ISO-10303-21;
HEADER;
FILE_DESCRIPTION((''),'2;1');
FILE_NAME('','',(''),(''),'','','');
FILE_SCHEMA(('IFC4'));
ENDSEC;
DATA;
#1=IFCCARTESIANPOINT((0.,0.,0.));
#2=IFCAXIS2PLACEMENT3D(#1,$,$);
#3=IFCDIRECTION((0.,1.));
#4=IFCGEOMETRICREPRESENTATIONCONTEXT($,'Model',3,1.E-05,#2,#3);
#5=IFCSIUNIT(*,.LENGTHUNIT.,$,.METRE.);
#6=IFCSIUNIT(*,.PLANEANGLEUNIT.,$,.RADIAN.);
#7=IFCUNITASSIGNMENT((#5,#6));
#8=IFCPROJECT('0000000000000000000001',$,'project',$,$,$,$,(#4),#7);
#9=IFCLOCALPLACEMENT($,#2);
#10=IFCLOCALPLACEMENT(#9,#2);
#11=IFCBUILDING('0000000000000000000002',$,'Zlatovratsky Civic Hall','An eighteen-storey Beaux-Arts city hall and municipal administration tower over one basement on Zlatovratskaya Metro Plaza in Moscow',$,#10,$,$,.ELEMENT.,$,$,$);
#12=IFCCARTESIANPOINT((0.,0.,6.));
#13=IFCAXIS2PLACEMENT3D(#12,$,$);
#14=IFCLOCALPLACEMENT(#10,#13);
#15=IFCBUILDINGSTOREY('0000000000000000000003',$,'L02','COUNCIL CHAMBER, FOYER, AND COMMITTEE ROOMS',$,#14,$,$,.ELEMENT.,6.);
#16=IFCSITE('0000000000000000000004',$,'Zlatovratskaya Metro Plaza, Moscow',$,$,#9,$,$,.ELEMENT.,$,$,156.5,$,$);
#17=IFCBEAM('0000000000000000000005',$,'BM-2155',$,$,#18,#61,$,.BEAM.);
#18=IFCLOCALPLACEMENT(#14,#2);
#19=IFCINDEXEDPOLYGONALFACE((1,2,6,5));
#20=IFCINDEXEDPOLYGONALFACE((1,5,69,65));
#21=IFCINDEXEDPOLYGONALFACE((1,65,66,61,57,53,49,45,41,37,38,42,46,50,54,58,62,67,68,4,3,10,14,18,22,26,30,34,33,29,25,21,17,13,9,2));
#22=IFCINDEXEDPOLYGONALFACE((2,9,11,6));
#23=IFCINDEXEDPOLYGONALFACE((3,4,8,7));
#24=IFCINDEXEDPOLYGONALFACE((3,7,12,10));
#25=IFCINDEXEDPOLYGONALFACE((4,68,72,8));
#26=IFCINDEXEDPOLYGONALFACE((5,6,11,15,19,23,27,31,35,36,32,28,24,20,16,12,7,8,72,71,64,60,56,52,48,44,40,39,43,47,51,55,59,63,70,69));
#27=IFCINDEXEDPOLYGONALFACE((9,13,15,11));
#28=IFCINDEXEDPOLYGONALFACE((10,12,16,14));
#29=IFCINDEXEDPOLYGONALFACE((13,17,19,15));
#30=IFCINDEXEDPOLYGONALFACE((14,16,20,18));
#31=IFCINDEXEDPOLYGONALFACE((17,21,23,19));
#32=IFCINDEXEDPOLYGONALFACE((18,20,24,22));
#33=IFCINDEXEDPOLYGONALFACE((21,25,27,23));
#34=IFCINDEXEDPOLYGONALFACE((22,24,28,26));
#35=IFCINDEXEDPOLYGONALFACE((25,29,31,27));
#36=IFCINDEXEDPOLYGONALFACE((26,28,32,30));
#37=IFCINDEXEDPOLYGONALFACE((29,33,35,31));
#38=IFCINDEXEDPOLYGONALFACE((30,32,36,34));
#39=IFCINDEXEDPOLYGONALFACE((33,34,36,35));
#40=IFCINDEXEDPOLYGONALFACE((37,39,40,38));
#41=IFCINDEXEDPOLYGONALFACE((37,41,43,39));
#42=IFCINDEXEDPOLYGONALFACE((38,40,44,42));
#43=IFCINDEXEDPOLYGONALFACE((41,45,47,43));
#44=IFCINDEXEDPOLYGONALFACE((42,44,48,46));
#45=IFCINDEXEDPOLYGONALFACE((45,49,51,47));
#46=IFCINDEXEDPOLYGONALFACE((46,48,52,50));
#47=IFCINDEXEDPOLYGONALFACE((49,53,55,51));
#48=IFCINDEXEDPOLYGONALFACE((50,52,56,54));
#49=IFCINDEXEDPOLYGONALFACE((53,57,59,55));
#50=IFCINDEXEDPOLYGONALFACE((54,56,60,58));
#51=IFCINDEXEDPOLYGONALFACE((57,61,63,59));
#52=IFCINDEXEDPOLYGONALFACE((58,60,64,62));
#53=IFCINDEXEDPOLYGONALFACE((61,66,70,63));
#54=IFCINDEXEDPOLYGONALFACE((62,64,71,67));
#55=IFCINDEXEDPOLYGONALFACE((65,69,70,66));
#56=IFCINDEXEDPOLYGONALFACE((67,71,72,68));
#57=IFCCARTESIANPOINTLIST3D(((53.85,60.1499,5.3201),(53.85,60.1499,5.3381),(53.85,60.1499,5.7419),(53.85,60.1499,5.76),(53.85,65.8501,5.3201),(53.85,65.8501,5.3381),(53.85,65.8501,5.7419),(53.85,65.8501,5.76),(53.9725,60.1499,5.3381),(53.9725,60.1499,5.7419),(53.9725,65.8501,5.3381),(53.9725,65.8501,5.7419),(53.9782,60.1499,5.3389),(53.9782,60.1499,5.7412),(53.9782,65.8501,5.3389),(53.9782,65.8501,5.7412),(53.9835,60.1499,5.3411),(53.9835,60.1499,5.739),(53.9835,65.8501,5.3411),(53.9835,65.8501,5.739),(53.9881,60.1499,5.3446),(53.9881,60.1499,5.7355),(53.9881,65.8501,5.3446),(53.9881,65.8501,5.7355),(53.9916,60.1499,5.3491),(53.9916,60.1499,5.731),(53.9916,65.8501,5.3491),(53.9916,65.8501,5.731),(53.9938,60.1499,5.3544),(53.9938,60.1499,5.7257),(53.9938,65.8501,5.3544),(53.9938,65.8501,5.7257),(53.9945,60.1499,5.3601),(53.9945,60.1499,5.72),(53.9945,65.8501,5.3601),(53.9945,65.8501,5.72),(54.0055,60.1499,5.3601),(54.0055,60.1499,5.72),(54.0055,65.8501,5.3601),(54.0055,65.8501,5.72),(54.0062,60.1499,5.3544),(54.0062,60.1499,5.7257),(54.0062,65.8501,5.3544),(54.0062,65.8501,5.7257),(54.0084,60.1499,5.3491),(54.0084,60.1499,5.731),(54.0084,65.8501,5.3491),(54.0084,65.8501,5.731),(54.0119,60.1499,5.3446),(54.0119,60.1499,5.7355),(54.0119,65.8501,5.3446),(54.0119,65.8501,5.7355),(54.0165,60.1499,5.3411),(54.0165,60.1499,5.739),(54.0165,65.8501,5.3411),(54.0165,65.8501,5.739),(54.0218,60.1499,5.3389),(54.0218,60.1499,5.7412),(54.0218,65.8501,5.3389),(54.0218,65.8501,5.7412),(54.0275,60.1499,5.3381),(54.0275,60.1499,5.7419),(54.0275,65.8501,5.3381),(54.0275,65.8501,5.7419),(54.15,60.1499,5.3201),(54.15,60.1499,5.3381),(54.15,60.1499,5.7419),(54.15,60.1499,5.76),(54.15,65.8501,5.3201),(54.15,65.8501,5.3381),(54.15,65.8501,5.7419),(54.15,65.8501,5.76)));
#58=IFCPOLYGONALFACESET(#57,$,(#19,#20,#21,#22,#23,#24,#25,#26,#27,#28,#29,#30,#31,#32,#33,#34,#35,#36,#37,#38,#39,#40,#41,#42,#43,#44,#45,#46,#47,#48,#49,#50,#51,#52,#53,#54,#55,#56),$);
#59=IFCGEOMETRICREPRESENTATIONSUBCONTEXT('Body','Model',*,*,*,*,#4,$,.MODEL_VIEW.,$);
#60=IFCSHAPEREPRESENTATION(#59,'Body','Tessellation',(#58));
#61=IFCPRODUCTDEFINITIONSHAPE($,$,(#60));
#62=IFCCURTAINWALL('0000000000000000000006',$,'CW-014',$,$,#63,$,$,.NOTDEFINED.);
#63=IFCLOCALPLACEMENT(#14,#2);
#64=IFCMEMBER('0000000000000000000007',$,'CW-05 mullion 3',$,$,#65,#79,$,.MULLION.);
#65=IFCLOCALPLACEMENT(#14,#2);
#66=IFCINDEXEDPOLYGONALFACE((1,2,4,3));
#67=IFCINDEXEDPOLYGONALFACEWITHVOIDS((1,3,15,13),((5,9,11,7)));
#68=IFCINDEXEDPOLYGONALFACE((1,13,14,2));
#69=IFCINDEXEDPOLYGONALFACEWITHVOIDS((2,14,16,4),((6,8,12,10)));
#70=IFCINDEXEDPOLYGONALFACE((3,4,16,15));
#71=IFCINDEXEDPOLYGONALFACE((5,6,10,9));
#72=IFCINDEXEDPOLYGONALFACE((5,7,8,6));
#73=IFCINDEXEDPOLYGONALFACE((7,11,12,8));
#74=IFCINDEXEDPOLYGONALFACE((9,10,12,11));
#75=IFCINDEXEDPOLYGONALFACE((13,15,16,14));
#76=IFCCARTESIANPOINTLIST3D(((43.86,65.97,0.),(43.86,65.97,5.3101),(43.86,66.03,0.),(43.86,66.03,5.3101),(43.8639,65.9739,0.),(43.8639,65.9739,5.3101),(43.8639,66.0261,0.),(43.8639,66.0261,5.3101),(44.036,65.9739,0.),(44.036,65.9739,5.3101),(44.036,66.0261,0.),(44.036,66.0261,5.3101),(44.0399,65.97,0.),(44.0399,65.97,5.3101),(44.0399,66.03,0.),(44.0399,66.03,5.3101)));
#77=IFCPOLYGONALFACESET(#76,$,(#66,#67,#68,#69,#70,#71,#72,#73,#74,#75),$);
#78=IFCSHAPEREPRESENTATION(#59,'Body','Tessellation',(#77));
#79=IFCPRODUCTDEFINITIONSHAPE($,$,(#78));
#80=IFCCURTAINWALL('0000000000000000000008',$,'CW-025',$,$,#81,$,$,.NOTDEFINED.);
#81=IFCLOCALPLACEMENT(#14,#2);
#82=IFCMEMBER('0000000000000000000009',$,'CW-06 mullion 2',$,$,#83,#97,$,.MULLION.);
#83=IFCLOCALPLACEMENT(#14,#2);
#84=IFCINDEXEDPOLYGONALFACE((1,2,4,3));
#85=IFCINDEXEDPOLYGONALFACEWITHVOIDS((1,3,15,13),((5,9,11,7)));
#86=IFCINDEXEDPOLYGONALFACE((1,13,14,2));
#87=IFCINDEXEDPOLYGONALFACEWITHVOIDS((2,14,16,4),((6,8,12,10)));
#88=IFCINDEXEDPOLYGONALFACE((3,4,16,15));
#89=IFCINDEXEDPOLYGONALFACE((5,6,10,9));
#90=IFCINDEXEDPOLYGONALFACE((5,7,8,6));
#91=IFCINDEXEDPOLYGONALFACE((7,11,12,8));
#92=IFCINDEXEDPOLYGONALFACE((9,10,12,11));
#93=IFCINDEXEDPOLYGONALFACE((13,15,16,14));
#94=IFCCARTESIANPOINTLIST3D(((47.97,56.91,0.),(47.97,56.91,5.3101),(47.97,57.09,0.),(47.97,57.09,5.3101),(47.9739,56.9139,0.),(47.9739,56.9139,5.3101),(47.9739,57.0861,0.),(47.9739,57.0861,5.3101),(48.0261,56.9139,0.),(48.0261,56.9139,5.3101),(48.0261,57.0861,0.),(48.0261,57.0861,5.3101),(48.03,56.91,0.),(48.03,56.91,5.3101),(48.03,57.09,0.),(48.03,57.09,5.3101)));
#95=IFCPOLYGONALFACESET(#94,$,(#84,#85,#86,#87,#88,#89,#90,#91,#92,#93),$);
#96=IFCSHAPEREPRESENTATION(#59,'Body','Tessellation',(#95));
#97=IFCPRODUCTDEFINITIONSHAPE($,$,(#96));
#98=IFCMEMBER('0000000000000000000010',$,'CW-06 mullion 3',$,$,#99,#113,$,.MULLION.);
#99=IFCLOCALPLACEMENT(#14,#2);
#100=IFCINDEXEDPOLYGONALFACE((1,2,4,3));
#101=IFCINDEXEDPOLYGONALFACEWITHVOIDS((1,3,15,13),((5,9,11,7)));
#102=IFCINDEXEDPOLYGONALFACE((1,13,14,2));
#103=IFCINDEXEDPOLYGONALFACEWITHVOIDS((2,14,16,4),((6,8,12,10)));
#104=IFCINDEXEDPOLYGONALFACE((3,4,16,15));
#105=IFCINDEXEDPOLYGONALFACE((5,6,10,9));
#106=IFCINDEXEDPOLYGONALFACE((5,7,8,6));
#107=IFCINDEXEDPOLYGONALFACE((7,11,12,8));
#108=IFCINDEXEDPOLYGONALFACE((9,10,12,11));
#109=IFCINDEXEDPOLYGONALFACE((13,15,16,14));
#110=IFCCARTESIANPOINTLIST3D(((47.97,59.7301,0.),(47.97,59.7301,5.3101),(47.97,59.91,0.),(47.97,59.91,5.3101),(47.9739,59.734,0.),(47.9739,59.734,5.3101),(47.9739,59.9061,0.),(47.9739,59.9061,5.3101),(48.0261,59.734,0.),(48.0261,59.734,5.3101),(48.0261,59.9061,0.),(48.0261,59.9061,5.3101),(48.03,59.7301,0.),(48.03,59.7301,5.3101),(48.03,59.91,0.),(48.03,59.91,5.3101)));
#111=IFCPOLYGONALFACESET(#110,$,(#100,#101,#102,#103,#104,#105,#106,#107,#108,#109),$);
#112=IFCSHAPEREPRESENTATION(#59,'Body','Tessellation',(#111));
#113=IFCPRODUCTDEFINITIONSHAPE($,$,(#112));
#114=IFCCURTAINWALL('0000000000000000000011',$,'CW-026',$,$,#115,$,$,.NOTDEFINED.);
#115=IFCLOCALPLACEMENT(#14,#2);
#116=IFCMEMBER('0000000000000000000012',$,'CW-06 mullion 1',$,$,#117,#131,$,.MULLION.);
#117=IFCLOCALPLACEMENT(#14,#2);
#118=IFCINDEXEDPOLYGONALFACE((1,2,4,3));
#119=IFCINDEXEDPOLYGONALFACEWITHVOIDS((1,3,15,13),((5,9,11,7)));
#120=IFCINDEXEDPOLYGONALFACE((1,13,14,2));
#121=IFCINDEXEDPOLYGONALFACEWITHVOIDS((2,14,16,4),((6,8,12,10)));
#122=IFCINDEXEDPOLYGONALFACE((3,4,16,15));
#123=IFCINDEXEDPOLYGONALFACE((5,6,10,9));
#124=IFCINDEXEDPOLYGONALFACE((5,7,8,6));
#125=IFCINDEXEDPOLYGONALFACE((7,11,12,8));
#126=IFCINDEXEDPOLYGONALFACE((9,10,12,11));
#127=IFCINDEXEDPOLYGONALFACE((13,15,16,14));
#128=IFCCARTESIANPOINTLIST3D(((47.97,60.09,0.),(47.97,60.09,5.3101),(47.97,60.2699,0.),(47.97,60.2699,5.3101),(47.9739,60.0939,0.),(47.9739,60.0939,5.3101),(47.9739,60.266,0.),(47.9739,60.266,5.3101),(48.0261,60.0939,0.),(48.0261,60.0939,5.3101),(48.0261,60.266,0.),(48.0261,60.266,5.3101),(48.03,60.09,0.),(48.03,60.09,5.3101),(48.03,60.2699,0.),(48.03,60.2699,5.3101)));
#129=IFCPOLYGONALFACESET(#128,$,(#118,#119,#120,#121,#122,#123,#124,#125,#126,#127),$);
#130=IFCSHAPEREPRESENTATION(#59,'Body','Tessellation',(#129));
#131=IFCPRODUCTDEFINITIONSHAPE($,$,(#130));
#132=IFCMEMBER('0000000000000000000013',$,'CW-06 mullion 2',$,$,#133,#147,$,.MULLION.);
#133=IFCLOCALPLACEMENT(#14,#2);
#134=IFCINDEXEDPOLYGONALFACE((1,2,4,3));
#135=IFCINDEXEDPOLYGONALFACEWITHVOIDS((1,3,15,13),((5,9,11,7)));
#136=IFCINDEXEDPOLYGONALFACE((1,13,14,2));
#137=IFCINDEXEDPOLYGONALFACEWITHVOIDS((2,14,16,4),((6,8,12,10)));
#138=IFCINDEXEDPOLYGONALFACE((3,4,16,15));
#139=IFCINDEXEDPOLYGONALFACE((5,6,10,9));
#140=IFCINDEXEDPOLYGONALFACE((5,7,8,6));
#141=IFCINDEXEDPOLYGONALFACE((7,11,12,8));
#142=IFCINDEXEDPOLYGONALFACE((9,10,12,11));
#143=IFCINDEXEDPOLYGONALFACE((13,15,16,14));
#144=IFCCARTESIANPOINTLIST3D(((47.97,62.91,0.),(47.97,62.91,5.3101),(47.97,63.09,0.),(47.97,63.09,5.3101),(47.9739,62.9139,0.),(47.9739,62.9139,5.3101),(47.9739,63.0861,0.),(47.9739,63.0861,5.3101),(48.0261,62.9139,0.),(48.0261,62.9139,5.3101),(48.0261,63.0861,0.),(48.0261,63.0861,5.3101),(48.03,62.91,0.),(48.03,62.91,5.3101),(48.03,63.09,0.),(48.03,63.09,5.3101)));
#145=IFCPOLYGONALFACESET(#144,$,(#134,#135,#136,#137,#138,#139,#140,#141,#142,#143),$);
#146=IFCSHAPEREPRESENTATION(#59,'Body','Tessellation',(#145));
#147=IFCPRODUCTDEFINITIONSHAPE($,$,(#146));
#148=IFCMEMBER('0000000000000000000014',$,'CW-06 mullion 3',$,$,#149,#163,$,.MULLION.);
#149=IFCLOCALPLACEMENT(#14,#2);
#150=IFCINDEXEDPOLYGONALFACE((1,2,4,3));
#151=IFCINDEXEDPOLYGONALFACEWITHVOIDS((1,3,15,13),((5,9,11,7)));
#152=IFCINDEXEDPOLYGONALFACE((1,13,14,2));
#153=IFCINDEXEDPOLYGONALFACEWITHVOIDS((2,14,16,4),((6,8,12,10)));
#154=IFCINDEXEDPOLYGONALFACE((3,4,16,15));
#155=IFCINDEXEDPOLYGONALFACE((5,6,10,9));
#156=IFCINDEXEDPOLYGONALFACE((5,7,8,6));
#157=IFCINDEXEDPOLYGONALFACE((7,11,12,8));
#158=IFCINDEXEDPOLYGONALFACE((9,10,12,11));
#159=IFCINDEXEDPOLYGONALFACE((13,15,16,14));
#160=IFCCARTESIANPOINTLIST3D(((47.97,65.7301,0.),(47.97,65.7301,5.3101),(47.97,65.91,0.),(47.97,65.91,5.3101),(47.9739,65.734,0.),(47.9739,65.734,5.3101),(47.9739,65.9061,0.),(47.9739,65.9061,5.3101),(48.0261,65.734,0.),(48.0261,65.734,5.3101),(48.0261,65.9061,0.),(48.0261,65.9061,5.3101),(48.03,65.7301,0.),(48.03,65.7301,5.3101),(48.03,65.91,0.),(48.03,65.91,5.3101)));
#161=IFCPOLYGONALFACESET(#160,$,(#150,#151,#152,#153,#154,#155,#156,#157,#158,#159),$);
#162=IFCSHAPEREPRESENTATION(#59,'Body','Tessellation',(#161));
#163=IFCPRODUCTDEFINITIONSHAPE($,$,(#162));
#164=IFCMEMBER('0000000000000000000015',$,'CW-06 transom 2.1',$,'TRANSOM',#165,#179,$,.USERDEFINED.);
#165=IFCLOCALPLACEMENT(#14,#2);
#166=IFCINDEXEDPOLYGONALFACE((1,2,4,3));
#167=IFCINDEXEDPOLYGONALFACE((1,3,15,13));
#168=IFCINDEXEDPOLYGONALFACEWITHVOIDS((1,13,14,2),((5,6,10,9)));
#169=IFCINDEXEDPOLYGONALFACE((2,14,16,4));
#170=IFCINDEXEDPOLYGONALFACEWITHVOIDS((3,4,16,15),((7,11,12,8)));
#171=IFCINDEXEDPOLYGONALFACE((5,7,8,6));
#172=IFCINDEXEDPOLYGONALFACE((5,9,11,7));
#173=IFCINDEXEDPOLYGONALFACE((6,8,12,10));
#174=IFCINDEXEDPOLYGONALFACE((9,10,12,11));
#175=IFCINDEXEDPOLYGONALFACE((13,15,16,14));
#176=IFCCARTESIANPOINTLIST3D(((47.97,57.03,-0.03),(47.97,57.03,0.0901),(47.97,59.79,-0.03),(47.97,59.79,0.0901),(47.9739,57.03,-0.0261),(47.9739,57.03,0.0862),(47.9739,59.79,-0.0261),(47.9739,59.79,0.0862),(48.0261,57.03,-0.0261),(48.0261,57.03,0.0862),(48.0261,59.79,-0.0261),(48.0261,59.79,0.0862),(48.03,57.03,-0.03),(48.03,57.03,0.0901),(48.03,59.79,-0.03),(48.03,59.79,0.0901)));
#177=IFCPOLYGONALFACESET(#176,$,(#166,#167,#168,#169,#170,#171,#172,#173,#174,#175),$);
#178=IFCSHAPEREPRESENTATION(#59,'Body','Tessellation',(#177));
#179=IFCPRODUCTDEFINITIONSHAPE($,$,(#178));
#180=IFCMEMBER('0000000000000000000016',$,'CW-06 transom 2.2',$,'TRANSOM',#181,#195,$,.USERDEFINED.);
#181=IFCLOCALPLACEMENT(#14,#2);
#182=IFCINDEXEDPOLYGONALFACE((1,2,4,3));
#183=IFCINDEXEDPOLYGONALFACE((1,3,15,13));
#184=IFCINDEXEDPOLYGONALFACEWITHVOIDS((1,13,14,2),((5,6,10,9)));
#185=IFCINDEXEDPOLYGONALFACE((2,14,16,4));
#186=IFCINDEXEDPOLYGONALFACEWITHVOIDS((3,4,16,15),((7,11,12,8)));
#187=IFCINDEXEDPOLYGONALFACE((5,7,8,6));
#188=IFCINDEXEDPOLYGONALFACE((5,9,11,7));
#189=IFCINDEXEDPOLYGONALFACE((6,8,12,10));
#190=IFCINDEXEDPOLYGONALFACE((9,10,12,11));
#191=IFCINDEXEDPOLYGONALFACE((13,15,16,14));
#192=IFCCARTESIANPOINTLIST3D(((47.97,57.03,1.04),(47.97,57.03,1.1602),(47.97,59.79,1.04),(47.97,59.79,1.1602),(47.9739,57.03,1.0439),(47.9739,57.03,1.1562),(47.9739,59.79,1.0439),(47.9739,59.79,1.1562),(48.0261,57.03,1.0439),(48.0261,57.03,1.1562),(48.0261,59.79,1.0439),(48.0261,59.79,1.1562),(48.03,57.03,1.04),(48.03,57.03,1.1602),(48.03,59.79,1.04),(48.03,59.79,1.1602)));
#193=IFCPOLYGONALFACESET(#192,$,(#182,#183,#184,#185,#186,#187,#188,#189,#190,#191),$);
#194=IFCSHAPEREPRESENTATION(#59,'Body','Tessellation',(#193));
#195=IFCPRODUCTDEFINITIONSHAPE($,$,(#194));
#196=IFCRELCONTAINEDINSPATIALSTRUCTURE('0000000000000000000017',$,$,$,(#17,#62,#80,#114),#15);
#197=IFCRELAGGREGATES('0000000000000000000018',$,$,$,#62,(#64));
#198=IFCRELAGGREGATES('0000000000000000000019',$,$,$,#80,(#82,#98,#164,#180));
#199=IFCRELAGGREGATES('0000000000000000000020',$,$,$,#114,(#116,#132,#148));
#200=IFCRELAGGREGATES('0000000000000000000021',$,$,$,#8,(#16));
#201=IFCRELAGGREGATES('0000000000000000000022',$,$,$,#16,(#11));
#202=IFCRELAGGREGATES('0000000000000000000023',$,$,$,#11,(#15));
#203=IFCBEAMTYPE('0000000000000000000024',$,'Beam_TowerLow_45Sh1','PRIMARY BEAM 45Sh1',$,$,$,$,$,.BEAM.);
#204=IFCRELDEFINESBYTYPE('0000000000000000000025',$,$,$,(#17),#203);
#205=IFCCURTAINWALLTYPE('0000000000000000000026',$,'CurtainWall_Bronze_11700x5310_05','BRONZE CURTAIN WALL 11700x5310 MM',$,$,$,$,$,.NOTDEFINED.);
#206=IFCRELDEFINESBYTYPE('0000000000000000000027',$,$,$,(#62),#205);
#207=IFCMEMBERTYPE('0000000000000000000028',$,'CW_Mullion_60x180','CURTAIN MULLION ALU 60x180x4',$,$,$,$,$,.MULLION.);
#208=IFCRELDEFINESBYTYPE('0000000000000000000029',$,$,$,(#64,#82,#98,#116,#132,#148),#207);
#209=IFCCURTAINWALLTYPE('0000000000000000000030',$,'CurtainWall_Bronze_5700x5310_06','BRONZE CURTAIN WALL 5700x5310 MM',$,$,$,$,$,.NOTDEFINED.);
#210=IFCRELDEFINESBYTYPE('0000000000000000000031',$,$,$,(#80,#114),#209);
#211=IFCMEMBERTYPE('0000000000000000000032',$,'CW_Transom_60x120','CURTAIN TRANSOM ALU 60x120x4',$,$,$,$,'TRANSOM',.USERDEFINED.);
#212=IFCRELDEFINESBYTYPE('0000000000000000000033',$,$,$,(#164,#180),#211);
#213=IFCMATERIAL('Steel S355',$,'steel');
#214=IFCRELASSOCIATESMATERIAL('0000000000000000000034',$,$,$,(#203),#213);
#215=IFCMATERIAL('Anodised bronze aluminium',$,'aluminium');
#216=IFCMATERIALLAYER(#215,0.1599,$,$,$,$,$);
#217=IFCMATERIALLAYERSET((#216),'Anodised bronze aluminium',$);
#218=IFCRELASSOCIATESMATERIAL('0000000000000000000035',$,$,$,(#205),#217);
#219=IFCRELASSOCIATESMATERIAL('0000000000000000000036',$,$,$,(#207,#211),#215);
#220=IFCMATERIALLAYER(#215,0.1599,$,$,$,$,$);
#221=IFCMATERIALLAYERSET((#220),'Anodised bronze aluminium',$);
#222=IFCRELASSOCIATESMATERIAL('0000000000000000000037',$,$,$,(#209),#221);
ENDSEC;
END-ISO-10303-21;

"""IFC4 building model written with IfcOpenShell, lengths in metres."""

from ifc_helpers import new_model, si_unit, direction, frame, origin, origin_2d, place, context, subcontext, project, spatial, hollow_rectangle, i_section, extrude, material, layer, layer_set, material_profile, profile_set, type_object, element, aggregate, save


model = new_model("IFC4")

# Units and contexts
model_context = context("Model", 3, precision=1e-05, world=origin(), true_north=direction((0.0, 1.0)))
body_context = subcontext(model_context, "Body", "Model", "MODEL_VIEW")
ifc_project = project(units=[si_unit("LENGTHUNIT", "METRE"), si_unit("PLANEANGLEUNIT", "RADIAN")], contexts=[model_context])

# Site, building, storey
site_placement = place(None, origin())
site = spatial("IfcSite", under=ifc_project, at=site_placement, Name="Zlatovratskaya Metro Plaza, Moscow", CompositionType="ELEMENT", RefElevation=156.5)
building_placement = place(site_placement, origin())
building = spatial("IfcBuilding", under=site, at=building_placement, Name="Zlatovratsky Civic Hall", Description="An eighteen-storey Beaux-Arts city hall and municipal administration tower over one basement on Zlatovratskaya Metro Plaza in Moscow", CompositionType="ELEMENT")
storey_placement = place(building_placement, frame((0.0, 0.0, 6.0)))
storey = spatial("IfcBuildingStorey", under=building, at=storey_placement, Name="L02", Description="COUNCIL CHAMBER, FOYER, AND COMMITTEE ROOMS", CompositionType="ELEMENT", Elevation=6.0)

# Shared definitions
ifc_material_1 = material(Name="Steel S355", Category="steel")

# Beam
ifc_material_profile_1 = material_profile(ifc_material_1, i_section(OverallWidth=0.3, OverallDepth=0.4399, WebThickness=0.011, FlangeThickness=0.0181, FilletRadius=0.022, at=origin_2d()), Name="45Sh1")
ifc_profile_set_1 = profile_set([ifc_material_profile_1], Name="Steel S355")
beam_type = type_object("IfcBeamType", Name="Beam_TowerLow_45Sh1", Description="PRIMARY BEAM 45Sh1", PredefinedType="BEAM", material=ifc_profile_set_1)
for number, where, z_axis, x_axis, name in (
    (1, (54.0, 60.1499, 5.54), (0.0, 1.0, 0.0), (-1.0, 0.0, 0.0), "BM-2155"),
):
    element("IfcBeam", number, at=place(storey_placement, frame(where, z_axis=z_axis, x_axis=x_axis)), inside=storey, type_object=beam_type, Name=name, PredefinedType="BEAM", context=body_context, shape_type="SweptSolid", body=[
        extrude(i_section(OverallWidth=0.3, OverallDepth=0.4399, WebThickness=0.011, FlangeThickness=0.0181, FilletRadius=0.022, at=origin_2d()), origin(), (0.0, 0.0, 1.0), 5.7002),
    ])

# Curtain wall, member
ifc_material_2 = material(Name="Anodised bronze aluminium", Category="aluminium")
ifc_layer_1 = layer(ifc_material_2, 0.1599)
ifc_layer_set_1 = layer_set([ifc_layer_1], Name="Anodised bronze aluminium")
curtain_wall_type_1 = type_object("IfcCurtainWallType", Name="CurtainWall_Bronze_11700x5310_05", Description="BRONZE CURTAIN WALL 11700x5310 MM", PredefinedType="NOTDEFINED", material=ifc_layer_set_1)
curtain_wall_1_placement = place(storey_placement, origin())
curtain_wall_1 = element("IfcCurtainWall", 2, at=curtain_wall_1_placement, inside=storey, type_object=curtain_wall_type_1, Name="CW-014", PredefinedType="NOTDEFINED")
ifc_material_profile_2 = material_profile(ifc_material_2, hollow_rectangle(XDim=0.0601, YDim=0.1799, WallThickness=0.0039, at=origin_2d()), Name="ALU 60x180x4")
ifc_profile_set_2 = profile_set([ifc_material_profile_2], Name="Anodised bronze aluminium")
member_type_1 = type_object("IfcMemberType", Name="CW_Mullion_60x180", Description="CURTAIN MULLION ALU 60x180x4", PredefinedType="MULLION", material=ifc_profile_set_2)
member_1_placement = place(storey_placement, frame((43.95, 66.0, 0.0), z_axis=(0.0, 0.0, 1.0), x_axis=(0.0, 1.0, 0.0)))
member_1 = element("IfcMember", 3, at=member_1_placement, type_object=member_type_1, Name="CW-05 mullion 3", PredefinedType="MULLION", context=body_context, shape_type="SweptSolid", body=[
    extrude(hollow_rectangle(XDim=0.0601, YDim=0.1799, WallThickness=0.0039, at=origin_2d()), origin(), (0.0, 0.0, 1.0), 5.3101),
])

# Curtain walls, members
ifc_layer_2 = layer(ifc_material_2, 0.1599)
ifc_layer_set_2 = layer_set([ifc_layer_2], Name="Anodised bronze aluminium")
curtain_wall_type_2 = type_object("IfcCurtainWallType", Name="CurtainWall_Bronze_5700x5310_06", Description="BRONZE CURTAIN WALL 5700x5310 MM", PredefinedType="NOTDEFINED", material=ifc_layer_set_2)
curtain_wall_2_placement = place(storey_placement, origin())
curtain_wall_2 = element("IfcCurtainWall", 4, at=curtain_wall_2_placement, inside=storey, type_object=curtain_wall_type_2, Name="CW-025", PredefinedType="NOTDEFINED")
member_2_placement = place(storey_placement, frame((48.0, 57.0, 0.0), z_axis=(0.0, 0.0, 1.0), x_axis=(-1.0, 0.0, 0.0)))
member_2 = element("IfcMember", 5, at=member_2_placement, type_object=member_type_1, Name="CW-06 mullion 2", PredefinedType="MULLION", context=body_context, shape_type="SweptSolid", body=[
    extrude(hollow_rectangle(XDim=0.0601, YDim=0.1799, WallThickness=0.0039, at=origin_2d()), origin(), (0.0, 0.0, 1.0), 5.3101),
])
member_3_placement = place(storey_placement, frame((48.0, 59.8201, 0.0), z_axis=(0.0, 0.0, 1.0), x_axis=(-1.0, 0.0, 0.0)))
member_3 = element("IfcMember", 6, at=member_3_placement, type_object=member_type_1, Name="CW-06 mullion 3", PredefinedType="MULLION", context=body_context, shape_type="SweptSolid", body=[
    extrude(hollow_rectangle(XDim=0.0601, YDim=0.1799, WallThickness=0.0039, at=origin_2d()), origin(), (0.0, 0.0, 1.0), 5.3101),
])
curtain_wall_3_placement = place(storey_placement, origin())
curtain_wall_3 = element("IfcCurtainWall", 7, at=curtain_wall_3_placement, inside=storey, type_object=curtain_wall_type_2, Name="CW-026", PredefinedType="NOTDEFINED")
member_4_placement = place(storey_placement, frame((48.0, 60.1799, 0.0), z_axis=(0.0, 0.0, 1.0), x_axis=(-1.0, 0.0, 0.0)))
member_4 = element("IfcMember", 8, at=member_4_placement, type_object=member_type_1, Name="CW-06 mullion 1", PredefinedType="MULLION", context=body_context, shape_type="SweptSolid", body=[
    extrude(hollow_rectangle(XDim=0.0601, YDim=0.1799, WallThickness=0.0039, at=origin_2d()), origin(), (0.0, 0.0, 1.0), 5.3101),
])
member_5_placement = place(storey_placement, frame((48.0, 63.0, 0.0), z_axis=(0.0, 0.0, 1.0), x_axis=(-1.0, 0.0, 0.0)))
member_5 = element("IfcMember", 9, at=member_5_placement, type_object=member_type_1, Name="CW-06 mullion 2", PredefinedType="MULLION", context=body_context, shape_type="SweptSolid", body=[
    extrude(hollow_rectangle(XDim=0.0601, YDim=0.1799, WallThickness=0.0039, at=origin_2d()), origin(), (0.0, 0.0, 1.0), 5.3101),
])
member_6_placement = place(storey_placement, frame((48.0, 65.8201, 0.0), z_axis=(0.0, 0.0, 1.0), x_axis=(-1.0, 0.0, 0.0)))
member_6 = element("IfcMember", 10, at=member_6_placement, type_object=member_type_1, Name="CW-06 mullion 3", PredefinedType="MULLION", context=body_context, shape_type="SweptSolid", body=[
    extrude(hollow_rectangle(XDim=0.0601, YDim=0.1799, WallThickness=0.0039, at=origin_2d()), origin(), (0.0, 0.0, 1.0), 5.3101),
])

# Members
ifc_material_profile_3 = material_profile(ifc_material_2, hollow_rectangle(XDim=0.0601, YDim=0.1201, WallThickness=0.0039, at=origin_2d()), Name="ALU 60x120x4")
ifc_profile_set_3 = profile_set([ifc_material_profile_3], Name="Anodised bronze aluminium")
member_type_2 = type_object("IfcMemberType", Name="CW_Transom_60x120", Description="CURTAIN TRANSOM ALU 60x120x4", ElementType="TRANSOM", PredefinedType="USERDEFINED", material=ifc_profile_set_3)
member_7_placement = place(storey_placement, frame((48.0, 57.03, 0.03), z_axis=(0.0, 1.0, 0.0), x_axis=(-1.0, 0.0, 0.0)))
member_7 = element("IfcMember", 11, at=member_7_placement, type_object=member_type_2, Name="CW-06 transom 2.1", ObjectType="TRANSOM", PredefinedType="USERDEFINED", context=body_context, shape_type="SweptSolid", body=[
    extrude(hollow_rectangle(XDim=0.0601, YDim=0.1201, WallThickness=0.0039, at=origin_2d()), origin(), (0.0, 0.0, 1.0), 2.76),
])
member_8_placement = place(storey_placement, frame((48.0, 57.03, 1.1001), z_axis=(0.0, 1.0, 0.0), x_axis=(-1.0, 0.0, 0.0)))
member_8 = element("IfcMember", 12, at=member_8_placement, type_object=member_type_2, Name="CW-06 transom 2.2", ObjectType="TRANSOM", PredefinedType="USERDEFINED", context=body_context, shape_type="SweptSolid", body=[
    extrude(hollow_rectangle(XDim=0.0601, YDim=0.1201, WallThickness=0.0039, at=origin_2d()), origin(), (0.0, 0.0, 1.0), 2.76),
])

aggregate(curtain_wall_1, [member_1])
aggregate(curtain_wall_2, [member_2, member_3, member_7, member_8])
aggregate(curtain_wall_3, [member_4, member_5, member_6])

save(model, "model.ifc")
